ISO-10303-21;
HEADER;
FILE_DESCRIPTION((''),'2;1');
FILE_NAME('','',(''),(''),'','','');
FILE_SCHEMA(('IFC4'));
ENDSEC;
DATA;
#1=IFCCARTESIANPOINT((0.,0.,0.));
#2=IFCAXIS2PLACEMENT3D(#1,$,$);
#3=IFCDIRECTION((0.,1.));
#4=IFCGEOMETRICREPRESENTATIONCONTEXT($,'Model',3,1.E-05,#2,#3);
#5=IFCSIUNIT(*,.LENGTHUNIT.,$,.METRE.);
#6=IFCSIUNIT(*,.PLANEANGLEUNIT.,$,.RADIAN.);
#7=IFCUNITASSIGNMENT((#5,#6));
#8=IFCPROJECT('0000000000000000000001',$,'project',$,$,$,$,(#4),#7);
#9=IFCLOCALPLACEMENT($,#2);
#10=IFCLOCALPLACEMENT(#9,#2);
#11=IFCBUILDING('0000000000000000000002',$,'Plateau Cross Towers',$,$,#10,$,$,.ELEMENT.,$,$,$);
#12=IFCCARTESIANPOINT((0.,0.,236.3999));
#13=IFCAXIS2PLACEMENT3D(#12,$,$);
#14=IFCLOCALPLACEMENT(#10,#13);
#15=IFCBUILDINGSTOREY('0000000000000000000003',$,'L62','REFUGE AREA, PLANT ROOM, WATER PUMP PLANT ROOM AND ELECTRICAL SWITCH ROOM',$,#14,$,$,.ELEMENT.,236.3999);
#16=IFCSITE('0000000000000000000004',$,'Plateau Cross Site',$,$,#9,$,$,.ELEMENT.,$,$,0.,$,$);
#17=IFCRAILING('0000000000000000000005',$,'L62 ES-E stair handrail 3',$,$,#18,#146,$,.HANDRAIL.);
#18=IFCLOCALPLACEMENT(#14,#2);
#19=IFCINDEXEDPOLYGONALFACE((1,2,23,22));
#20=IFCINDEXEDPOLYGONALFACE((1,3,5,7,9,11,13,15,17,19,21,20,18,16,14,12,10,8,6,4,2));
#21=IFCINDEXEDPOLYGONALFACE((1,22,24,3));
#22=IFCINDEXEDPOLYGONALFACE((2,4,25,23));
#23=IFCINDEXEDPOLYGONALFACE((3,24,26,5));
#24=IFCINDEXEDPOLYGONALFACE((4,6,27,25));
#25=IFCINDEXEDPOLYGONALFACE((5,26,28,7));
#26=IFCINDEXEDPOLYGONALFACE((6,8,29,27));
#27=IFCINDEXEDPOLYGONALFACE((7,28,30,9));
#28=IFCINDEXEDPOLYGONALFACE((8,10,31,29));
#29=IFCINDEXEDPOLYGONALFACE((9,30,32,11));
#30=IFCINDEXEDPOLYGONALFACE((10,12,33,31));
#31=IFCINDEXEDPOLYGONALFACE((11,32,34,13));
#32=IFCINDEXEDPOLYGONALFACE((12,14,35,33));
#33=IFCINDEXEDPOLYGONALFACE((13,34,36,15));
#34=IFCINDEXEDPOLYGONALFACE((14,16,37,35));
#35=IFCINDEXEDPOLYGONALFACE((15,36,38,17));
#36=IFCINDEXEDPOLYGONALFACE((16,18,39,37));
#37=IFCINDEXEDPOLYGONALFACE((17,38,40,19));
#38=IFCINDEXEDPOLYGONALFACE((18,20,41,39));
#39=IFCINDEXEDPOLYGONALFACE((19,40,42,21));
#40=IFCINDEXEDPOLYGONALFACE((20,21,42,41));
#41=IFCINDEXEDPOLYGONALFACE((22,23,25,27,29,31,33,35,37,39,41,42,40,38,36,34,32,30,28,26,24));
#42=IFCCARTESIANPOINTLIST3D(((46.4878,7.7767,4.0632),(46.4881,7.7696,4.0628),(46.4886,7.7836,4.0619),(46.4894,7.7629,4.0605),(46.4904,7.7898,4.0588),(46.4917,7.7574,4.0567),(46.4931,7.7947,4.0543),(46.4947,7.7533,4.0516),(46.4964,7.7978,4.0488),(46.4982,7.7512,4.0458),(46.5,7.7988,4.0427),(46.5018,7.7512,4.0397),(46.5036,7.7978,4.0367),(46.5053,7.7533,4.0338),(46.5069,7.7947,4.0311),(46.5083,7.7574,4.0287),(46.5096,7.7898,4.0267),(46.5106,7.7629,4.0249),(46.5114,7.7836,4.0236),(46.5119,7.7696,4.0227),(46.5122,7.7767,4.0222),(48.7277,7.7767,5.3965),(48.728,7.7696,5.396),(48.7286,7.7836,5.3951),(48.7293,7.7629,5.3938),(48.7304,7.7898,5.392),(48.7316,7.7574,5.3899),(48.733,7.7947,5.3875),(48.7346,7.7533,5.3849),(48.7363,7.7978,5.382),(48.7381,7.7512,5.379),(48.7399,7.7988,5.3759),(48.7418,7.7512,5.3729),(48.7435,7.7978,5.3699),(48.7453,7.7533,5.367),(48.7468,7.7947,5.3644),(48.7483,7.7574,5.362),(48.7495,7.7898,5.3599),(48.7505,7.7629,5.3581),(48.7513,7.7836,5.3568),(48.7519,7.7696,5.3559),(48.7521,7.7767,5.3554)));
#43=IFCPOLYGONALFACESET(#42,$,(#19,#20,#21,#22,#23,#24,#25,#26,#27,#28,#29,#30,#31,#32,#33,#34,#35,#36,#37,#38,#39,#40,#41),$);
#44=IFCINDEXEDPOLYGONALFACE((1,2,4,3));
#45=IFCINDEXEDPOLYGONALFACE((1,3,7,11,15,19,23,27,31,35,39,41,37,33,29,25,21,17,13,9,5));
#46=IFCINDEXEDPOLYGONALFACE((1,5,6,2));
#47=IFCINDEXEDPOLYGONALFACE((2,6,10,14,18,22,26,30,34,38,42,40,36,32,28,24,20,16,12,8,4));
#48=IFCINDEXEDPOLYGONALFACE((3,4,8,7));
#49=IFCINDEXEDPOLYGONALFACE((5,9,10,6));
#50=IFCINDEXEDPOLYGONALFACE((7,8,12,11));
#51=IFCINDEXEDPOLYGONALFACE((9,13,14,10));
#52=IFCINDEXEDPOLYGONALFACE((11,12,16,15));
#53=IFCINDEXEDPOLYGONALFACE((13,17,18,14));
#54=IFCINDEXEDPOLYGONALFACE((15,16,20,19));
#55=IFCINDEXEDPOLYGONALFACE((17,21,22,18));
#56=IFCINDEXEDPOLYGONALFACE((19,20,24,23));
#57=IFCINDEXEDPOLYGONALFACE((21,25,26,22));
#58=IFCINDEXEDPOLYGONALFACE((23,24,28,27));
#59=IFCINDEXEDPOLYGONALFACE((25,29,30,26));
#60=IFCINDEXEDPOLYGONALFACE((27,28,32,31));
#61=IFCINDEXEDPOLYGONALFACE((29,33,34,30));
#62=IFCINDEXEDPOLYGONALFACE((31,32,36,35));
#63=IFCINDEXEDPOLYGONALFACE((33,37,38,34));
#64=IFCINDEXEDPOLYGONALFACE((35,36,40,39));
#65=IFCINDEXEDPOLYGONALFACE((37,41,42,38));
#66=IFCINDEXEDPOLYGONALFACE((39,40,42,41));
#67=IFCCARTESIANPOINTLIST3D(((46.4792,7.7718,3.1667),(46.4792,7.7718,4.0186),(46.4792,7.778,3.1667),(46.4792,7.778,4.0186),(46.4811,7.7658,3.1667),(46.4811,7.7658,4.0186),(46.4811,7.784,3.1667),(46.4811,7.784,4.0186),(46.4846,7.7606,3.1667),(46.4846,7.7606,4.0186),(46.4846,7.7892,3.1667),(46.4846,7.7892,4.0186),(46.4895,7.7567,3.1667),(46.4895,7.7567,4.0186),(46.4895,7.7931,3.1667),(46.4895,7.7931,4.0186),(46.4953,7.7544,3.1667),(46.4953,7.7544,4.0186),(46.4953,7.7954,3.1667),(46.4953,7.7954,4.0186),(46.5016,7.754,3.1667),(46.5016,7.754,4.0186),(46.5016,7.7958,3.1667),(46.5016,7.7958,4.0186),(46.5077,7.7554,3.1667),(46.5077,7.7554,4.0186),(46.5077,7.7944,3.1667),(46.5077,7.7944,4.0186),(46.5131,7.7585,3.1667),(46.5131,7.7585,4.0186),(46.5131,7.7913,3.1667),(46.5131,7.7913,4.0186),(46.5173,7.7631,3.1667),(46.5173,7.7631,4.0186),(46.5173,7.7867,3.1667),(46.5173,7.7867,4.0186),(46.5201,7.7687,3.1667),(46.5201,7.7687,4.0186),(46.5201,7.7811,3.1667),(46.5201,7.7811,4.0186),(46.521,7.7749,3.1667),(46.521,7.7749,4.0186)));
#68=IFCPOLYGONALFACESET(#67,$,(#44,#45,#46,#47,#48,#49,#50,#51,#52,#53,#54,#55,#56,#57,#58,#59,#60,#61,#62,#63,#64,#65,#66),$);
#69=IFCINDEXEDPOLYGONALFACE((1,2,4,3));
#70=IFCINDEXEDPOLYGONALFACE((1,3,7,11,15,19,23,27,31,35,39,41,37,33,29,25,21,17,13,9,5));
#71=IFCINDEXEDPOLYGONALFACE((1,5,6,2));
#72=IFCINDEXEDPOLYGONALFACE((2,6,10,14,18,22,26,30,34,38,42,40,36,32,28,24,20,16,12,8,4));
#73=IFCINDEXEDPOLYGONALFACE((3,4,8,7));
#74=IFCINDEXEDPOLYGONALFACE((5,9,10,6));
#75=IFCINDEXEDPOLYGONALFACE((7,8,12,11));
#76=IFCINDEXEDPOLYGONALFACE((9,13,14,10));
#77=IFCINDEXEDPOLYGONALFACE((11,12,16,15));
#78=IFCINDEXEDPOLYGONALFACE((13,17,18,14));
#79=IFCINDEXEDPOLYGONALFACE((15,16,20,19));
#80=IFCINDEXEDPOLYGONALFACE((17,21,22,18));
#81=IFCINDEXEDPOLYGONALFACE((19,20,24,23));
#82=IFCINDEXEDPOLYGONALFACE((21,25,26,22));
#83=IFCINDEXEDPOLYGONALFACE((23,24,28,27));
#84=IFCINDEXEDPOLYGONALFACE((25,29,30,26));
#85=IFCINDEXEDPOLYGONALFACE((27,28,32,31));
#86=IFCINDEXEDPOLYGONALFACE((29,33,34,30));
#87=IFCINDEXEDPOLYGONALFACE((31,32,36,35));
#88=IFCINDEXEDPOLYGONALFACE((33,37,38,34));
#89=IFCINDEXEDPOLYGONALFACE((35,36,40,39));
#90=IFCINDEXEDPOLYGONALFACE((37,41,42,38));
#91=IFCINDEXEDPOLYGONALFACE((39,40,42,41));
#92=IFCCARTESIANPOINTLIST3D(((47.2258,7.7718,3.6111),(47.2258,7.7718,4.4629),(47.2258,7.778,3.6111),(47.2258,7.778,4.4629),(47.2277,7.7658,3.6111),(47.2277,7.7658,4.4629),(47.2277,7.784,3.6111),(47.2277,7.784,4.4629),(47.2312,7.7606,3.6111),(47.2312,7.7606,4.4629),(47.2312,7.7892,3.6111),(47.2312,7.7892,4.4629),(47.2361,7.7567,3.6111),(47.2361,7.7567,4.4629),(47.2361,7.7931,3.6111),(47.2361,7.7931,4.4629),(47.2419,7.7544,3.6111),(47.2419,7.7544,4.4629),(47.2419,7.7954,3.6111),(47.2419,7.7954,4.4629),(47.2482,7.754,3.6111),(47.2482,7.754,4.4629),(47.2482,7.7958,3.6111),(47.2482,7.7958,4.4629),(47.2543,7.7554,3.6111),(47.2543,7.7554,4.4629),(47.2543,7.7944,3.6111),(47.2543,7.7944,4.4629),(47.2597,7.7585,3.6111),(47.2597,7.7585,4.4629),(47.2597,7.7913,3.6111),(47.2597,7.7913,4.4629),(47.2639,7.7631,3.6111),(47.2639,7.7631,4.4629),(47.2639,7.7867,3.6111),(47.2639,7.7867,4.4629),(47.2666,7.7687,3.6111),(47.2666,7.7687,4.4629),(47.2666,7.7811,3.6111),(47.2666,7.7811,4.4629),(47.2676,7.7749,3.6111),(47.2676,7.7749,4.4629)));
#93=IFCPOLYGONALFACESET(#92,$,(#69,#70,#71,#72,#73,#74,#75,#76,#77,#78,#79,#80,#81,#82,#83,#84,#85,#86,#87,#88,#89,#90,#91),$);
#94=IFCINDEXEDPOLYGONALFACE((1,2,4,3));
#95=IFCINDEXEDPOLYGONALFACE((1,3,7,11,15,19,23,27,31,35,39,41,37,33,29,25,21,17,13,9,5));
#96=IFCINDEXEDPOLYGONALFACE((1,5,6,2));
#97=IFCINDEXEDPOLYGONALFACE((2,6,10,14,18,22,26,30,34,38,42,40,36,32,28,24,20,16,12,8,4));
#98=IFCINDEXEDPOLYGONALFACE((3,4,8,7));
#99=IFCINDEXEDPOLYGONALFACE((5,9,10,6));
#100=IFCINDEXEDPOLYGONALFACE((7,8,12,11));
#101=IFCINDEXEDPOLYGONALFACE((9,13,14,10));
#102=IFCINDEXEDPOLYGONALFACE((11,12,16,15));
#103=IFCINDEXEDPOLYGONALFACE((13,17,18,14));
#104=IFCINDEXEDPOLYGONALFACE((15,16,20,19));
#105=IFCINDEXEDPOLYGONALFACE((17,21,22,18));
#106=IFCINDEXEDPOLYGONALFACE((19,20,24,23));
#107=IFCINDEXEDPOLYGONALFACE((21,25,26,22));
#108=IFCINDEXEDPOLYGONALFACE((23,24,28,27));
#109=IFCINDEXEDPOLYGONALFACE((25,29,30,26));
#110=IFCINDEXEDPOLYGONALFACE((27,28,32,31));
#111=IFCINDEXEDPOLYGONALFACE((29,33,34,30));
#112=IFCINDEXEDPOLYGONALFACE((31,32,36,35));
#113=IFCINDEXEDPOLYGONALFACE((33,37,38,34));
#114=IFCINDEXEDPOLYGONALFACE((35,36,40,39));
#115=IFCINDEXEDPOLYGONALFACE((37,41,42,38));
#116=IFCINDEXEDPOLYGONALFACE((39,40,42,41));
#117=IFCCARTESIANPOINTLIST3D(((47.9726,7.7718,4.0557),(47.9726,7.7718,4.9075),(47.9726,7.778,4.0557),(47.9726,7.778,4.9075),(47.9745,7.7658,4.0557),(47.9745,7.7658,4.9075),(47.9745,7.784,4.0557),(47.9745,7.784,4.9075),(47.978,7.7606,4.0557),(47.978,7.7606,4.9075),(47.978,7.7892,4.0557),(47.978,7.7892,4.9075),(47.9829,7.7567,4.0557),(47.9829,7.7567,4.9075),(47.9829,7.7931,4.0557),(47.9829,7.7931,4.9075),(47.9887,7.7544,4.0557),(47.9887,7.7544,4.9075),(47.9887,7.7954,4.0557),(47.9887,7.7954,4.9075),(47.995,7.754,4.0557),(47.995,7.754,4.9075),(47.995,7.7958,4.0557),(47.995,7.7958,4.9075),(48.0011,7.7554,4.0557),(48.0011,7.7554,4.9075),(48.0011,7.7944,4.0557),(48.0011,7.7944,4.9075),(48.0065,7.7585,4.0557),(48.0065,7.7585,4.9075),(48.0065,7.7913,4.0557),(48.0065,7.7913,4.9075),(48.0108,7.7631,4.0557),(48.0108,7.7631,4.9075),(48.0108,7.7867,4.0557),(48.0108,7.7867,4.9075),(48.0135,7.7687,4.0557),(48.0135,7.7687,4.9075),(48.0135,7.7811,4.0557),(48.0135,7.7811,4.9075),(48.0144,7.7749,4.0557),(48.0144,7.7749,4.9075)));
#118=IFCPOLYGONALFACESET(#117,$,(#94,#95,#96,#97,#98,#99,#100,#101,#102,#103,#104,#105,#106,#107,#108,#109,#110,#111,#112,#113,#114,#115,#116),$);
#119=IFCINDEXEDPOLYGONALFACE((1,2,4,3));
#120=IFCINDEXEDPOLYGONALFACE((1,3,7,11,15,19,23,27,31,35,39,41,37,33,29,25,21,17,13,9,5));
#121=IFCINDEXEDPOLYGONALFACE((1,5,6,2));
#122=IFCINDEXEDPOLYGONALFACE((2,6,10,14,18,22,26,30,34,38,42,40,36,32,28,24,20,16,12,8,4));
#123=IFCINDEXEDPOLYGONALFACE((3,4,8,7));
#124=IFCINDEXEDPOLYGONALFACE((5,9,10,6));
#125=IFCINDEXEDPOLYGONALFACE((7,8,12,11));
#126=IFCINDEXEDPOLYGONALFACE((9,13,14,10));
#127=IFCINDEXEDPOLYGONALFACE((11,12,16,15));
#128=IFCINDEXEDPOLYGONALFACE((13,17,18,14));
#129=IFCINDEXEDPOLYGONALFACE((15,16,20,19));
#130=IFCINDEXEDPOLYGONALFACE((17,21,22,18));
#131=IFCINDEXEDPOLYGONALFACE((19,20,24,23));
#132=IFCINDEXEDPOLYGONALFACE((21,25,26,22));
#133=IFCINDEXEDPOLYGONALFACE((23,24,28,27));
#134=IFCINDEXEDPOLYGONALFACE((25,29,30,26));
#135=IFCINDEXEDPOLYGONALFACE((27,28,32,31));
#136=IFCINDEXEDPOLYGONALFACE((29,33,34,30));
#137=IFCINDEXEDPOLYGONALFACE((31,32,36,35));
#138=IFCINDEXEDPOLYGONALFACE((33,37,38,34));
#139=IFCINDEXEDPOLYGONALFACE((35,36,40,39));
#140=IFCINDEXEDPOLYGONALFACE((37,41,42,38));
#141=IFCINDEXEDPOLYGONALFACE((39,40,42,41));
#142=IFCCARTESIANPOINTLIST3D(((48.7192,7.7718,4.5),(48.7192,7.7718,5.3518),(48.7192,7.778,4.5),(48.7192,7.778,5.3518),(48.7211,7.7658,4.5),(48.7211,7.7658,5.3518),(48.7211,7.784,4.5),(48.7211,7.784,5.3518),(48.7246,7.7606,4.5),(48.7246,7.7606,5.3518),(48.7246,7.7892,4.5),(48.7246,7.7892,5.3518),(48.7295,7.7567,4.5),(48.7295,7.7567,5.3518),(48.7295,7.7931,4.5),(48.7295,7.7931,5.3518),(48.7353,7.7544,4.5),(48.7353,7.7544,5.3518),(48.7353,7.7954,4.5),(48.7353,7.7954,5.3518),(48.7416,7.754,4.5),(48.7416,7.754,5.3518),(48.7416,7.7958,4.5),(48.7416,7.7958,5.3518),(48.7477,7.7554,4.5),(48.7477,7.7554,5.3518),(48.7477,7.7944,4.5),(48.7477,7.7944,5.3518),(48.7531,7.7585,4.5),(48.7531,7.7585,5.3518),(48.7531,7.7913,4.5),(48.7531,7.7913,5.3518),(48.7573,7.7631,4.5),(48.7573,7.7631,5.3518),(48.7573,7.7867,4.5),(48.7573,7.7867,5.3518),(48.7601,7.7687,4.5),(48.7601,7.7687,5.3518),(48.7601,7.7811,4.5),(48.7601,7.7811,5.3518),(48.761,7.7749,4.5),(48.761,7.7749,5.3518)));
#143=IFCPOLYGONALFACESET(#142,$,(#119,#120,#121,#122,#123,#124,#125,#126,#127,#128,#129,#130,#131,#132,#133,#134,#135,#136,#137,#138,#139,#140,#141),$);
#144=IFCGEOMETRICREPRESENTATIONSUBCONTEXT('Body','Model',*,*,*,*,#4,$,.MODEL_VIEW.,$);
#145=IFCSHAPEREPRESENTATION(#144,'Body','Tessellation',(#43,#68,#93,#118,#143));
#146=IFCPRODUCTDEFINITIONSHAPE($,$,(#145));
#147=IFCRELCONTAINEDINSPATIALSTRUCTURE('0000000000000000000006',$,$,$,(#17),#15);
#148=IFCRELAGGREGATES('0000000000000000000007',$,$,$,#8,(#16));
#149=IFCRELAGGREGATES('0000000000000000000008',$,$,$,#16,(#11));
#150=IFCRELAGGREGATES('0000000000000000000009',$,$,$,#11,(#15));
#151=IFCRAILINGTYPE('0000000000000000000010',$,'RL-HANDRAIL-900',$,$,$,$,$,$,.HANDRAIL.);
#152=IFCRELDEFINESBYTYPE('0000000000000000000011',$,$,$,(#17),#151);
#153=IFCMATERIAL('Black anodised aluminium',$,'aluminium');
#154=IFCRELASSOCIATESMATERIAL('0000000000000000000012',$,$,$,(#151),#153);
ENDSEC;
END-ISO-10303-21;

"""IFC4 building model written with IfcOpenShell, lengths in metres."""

from ifc_helpers import new_model, si_unit, direction, frame, origin, origin_2d, place, context, subcontext, project, spatial, circle, extrude, material, type_object, element, save


model = new_model("IFC4")

# Units and contexts
model_context = context("Model", 3, precision=1e-05, world=origin(), true_north=direction((0.0, 1.0)))
body_context = subcontext(model_context, "Body", "Model", "MODEL_VIEW")
ifc_project = project(units=[si_unit("LENGTHUNIT", "METRE"), si_unit("PLANEANGLEUNIT", "RADIAN")], contexts=[model_context])

# Site, building, storey
site_placement = place(None, origin())
site = spatial("IfcSite", under=ifc_project, at=site_placement, Name="Plateau Cross Site", CompositionType="ELEMENT", RefElevation=0.0)
building_placement = place(site_placement, origin())
building = spatial("IfcBuilding", under=site, at=building_placement, Name="Plateau Cross Towers", CompositionType="ELEMENT")
storey_placement = place(building_placement, frame((0.0, 0.0, 236.3999)))
storey = spatial("IfcBuildingStorey", under=building, at=storey_placement, Name="L62", Description="REFUGE AREA, PLANT ROOM, WATER PUMP PLANT ROOM AND ELECTRICAL SWITCH ROOM", CompositionType="ELEMENT", Elevation=236.3999)

# Shared definitions
ifc_material_1 = material(Name="Black anodised aluminium", Category="aluminium")

# Railing
railing_type_1 = type_object("IfcRailingType", Name="RL-HANDRAIL-900", PredefinedType="HANDRAIL", material=ifc_material_1)
for number, where, name in (
    (1, (46.5, 7.7749, 3.1667), "L62 ES-E stair handrail 3"),
):
    element("IfcRailing", number, at=place(storey_placement, frame(where)), inside=storey, type_object=railing_type_1, Name=name, PredefinedType="HANDRAIL", context=body_context, shape_type="SweptSolid", body=[
        extrude(circle(Radius=0.0239, at=origin_2d()), frame((0.0, 0.0, 0.876), z_axis=(0.859306, 0.0, 0.511462), x_axis=(0.0, 1.0, 0.0)), (0.0, 0.0, 1.0), 2.6067),
        extrude(circle(Radius=0.021, at=origin_2d()), origin(), (0.0, 0.0, 1.0), 0.8518),
        extrude(circle(Radius=0.021, at=origin_2d()), frame((0.7466, 0.0, 0.4443)), (0.0, 0.0, 1.0), 0.8518),
        extrude(circle(Radius=0.021, at=origin_2d()), frame((1.4934, 0.0, 0.8889)), (0.0, 0.0, 1.0), 0.8518),
        extrude(circle(Radius=0.021, at=origin_2d()), frame((2.24, 0.0, 1.3333)), (0.0, 0.0, 1.0), 0.8518),
    ])

save(model, "model.ifc")
